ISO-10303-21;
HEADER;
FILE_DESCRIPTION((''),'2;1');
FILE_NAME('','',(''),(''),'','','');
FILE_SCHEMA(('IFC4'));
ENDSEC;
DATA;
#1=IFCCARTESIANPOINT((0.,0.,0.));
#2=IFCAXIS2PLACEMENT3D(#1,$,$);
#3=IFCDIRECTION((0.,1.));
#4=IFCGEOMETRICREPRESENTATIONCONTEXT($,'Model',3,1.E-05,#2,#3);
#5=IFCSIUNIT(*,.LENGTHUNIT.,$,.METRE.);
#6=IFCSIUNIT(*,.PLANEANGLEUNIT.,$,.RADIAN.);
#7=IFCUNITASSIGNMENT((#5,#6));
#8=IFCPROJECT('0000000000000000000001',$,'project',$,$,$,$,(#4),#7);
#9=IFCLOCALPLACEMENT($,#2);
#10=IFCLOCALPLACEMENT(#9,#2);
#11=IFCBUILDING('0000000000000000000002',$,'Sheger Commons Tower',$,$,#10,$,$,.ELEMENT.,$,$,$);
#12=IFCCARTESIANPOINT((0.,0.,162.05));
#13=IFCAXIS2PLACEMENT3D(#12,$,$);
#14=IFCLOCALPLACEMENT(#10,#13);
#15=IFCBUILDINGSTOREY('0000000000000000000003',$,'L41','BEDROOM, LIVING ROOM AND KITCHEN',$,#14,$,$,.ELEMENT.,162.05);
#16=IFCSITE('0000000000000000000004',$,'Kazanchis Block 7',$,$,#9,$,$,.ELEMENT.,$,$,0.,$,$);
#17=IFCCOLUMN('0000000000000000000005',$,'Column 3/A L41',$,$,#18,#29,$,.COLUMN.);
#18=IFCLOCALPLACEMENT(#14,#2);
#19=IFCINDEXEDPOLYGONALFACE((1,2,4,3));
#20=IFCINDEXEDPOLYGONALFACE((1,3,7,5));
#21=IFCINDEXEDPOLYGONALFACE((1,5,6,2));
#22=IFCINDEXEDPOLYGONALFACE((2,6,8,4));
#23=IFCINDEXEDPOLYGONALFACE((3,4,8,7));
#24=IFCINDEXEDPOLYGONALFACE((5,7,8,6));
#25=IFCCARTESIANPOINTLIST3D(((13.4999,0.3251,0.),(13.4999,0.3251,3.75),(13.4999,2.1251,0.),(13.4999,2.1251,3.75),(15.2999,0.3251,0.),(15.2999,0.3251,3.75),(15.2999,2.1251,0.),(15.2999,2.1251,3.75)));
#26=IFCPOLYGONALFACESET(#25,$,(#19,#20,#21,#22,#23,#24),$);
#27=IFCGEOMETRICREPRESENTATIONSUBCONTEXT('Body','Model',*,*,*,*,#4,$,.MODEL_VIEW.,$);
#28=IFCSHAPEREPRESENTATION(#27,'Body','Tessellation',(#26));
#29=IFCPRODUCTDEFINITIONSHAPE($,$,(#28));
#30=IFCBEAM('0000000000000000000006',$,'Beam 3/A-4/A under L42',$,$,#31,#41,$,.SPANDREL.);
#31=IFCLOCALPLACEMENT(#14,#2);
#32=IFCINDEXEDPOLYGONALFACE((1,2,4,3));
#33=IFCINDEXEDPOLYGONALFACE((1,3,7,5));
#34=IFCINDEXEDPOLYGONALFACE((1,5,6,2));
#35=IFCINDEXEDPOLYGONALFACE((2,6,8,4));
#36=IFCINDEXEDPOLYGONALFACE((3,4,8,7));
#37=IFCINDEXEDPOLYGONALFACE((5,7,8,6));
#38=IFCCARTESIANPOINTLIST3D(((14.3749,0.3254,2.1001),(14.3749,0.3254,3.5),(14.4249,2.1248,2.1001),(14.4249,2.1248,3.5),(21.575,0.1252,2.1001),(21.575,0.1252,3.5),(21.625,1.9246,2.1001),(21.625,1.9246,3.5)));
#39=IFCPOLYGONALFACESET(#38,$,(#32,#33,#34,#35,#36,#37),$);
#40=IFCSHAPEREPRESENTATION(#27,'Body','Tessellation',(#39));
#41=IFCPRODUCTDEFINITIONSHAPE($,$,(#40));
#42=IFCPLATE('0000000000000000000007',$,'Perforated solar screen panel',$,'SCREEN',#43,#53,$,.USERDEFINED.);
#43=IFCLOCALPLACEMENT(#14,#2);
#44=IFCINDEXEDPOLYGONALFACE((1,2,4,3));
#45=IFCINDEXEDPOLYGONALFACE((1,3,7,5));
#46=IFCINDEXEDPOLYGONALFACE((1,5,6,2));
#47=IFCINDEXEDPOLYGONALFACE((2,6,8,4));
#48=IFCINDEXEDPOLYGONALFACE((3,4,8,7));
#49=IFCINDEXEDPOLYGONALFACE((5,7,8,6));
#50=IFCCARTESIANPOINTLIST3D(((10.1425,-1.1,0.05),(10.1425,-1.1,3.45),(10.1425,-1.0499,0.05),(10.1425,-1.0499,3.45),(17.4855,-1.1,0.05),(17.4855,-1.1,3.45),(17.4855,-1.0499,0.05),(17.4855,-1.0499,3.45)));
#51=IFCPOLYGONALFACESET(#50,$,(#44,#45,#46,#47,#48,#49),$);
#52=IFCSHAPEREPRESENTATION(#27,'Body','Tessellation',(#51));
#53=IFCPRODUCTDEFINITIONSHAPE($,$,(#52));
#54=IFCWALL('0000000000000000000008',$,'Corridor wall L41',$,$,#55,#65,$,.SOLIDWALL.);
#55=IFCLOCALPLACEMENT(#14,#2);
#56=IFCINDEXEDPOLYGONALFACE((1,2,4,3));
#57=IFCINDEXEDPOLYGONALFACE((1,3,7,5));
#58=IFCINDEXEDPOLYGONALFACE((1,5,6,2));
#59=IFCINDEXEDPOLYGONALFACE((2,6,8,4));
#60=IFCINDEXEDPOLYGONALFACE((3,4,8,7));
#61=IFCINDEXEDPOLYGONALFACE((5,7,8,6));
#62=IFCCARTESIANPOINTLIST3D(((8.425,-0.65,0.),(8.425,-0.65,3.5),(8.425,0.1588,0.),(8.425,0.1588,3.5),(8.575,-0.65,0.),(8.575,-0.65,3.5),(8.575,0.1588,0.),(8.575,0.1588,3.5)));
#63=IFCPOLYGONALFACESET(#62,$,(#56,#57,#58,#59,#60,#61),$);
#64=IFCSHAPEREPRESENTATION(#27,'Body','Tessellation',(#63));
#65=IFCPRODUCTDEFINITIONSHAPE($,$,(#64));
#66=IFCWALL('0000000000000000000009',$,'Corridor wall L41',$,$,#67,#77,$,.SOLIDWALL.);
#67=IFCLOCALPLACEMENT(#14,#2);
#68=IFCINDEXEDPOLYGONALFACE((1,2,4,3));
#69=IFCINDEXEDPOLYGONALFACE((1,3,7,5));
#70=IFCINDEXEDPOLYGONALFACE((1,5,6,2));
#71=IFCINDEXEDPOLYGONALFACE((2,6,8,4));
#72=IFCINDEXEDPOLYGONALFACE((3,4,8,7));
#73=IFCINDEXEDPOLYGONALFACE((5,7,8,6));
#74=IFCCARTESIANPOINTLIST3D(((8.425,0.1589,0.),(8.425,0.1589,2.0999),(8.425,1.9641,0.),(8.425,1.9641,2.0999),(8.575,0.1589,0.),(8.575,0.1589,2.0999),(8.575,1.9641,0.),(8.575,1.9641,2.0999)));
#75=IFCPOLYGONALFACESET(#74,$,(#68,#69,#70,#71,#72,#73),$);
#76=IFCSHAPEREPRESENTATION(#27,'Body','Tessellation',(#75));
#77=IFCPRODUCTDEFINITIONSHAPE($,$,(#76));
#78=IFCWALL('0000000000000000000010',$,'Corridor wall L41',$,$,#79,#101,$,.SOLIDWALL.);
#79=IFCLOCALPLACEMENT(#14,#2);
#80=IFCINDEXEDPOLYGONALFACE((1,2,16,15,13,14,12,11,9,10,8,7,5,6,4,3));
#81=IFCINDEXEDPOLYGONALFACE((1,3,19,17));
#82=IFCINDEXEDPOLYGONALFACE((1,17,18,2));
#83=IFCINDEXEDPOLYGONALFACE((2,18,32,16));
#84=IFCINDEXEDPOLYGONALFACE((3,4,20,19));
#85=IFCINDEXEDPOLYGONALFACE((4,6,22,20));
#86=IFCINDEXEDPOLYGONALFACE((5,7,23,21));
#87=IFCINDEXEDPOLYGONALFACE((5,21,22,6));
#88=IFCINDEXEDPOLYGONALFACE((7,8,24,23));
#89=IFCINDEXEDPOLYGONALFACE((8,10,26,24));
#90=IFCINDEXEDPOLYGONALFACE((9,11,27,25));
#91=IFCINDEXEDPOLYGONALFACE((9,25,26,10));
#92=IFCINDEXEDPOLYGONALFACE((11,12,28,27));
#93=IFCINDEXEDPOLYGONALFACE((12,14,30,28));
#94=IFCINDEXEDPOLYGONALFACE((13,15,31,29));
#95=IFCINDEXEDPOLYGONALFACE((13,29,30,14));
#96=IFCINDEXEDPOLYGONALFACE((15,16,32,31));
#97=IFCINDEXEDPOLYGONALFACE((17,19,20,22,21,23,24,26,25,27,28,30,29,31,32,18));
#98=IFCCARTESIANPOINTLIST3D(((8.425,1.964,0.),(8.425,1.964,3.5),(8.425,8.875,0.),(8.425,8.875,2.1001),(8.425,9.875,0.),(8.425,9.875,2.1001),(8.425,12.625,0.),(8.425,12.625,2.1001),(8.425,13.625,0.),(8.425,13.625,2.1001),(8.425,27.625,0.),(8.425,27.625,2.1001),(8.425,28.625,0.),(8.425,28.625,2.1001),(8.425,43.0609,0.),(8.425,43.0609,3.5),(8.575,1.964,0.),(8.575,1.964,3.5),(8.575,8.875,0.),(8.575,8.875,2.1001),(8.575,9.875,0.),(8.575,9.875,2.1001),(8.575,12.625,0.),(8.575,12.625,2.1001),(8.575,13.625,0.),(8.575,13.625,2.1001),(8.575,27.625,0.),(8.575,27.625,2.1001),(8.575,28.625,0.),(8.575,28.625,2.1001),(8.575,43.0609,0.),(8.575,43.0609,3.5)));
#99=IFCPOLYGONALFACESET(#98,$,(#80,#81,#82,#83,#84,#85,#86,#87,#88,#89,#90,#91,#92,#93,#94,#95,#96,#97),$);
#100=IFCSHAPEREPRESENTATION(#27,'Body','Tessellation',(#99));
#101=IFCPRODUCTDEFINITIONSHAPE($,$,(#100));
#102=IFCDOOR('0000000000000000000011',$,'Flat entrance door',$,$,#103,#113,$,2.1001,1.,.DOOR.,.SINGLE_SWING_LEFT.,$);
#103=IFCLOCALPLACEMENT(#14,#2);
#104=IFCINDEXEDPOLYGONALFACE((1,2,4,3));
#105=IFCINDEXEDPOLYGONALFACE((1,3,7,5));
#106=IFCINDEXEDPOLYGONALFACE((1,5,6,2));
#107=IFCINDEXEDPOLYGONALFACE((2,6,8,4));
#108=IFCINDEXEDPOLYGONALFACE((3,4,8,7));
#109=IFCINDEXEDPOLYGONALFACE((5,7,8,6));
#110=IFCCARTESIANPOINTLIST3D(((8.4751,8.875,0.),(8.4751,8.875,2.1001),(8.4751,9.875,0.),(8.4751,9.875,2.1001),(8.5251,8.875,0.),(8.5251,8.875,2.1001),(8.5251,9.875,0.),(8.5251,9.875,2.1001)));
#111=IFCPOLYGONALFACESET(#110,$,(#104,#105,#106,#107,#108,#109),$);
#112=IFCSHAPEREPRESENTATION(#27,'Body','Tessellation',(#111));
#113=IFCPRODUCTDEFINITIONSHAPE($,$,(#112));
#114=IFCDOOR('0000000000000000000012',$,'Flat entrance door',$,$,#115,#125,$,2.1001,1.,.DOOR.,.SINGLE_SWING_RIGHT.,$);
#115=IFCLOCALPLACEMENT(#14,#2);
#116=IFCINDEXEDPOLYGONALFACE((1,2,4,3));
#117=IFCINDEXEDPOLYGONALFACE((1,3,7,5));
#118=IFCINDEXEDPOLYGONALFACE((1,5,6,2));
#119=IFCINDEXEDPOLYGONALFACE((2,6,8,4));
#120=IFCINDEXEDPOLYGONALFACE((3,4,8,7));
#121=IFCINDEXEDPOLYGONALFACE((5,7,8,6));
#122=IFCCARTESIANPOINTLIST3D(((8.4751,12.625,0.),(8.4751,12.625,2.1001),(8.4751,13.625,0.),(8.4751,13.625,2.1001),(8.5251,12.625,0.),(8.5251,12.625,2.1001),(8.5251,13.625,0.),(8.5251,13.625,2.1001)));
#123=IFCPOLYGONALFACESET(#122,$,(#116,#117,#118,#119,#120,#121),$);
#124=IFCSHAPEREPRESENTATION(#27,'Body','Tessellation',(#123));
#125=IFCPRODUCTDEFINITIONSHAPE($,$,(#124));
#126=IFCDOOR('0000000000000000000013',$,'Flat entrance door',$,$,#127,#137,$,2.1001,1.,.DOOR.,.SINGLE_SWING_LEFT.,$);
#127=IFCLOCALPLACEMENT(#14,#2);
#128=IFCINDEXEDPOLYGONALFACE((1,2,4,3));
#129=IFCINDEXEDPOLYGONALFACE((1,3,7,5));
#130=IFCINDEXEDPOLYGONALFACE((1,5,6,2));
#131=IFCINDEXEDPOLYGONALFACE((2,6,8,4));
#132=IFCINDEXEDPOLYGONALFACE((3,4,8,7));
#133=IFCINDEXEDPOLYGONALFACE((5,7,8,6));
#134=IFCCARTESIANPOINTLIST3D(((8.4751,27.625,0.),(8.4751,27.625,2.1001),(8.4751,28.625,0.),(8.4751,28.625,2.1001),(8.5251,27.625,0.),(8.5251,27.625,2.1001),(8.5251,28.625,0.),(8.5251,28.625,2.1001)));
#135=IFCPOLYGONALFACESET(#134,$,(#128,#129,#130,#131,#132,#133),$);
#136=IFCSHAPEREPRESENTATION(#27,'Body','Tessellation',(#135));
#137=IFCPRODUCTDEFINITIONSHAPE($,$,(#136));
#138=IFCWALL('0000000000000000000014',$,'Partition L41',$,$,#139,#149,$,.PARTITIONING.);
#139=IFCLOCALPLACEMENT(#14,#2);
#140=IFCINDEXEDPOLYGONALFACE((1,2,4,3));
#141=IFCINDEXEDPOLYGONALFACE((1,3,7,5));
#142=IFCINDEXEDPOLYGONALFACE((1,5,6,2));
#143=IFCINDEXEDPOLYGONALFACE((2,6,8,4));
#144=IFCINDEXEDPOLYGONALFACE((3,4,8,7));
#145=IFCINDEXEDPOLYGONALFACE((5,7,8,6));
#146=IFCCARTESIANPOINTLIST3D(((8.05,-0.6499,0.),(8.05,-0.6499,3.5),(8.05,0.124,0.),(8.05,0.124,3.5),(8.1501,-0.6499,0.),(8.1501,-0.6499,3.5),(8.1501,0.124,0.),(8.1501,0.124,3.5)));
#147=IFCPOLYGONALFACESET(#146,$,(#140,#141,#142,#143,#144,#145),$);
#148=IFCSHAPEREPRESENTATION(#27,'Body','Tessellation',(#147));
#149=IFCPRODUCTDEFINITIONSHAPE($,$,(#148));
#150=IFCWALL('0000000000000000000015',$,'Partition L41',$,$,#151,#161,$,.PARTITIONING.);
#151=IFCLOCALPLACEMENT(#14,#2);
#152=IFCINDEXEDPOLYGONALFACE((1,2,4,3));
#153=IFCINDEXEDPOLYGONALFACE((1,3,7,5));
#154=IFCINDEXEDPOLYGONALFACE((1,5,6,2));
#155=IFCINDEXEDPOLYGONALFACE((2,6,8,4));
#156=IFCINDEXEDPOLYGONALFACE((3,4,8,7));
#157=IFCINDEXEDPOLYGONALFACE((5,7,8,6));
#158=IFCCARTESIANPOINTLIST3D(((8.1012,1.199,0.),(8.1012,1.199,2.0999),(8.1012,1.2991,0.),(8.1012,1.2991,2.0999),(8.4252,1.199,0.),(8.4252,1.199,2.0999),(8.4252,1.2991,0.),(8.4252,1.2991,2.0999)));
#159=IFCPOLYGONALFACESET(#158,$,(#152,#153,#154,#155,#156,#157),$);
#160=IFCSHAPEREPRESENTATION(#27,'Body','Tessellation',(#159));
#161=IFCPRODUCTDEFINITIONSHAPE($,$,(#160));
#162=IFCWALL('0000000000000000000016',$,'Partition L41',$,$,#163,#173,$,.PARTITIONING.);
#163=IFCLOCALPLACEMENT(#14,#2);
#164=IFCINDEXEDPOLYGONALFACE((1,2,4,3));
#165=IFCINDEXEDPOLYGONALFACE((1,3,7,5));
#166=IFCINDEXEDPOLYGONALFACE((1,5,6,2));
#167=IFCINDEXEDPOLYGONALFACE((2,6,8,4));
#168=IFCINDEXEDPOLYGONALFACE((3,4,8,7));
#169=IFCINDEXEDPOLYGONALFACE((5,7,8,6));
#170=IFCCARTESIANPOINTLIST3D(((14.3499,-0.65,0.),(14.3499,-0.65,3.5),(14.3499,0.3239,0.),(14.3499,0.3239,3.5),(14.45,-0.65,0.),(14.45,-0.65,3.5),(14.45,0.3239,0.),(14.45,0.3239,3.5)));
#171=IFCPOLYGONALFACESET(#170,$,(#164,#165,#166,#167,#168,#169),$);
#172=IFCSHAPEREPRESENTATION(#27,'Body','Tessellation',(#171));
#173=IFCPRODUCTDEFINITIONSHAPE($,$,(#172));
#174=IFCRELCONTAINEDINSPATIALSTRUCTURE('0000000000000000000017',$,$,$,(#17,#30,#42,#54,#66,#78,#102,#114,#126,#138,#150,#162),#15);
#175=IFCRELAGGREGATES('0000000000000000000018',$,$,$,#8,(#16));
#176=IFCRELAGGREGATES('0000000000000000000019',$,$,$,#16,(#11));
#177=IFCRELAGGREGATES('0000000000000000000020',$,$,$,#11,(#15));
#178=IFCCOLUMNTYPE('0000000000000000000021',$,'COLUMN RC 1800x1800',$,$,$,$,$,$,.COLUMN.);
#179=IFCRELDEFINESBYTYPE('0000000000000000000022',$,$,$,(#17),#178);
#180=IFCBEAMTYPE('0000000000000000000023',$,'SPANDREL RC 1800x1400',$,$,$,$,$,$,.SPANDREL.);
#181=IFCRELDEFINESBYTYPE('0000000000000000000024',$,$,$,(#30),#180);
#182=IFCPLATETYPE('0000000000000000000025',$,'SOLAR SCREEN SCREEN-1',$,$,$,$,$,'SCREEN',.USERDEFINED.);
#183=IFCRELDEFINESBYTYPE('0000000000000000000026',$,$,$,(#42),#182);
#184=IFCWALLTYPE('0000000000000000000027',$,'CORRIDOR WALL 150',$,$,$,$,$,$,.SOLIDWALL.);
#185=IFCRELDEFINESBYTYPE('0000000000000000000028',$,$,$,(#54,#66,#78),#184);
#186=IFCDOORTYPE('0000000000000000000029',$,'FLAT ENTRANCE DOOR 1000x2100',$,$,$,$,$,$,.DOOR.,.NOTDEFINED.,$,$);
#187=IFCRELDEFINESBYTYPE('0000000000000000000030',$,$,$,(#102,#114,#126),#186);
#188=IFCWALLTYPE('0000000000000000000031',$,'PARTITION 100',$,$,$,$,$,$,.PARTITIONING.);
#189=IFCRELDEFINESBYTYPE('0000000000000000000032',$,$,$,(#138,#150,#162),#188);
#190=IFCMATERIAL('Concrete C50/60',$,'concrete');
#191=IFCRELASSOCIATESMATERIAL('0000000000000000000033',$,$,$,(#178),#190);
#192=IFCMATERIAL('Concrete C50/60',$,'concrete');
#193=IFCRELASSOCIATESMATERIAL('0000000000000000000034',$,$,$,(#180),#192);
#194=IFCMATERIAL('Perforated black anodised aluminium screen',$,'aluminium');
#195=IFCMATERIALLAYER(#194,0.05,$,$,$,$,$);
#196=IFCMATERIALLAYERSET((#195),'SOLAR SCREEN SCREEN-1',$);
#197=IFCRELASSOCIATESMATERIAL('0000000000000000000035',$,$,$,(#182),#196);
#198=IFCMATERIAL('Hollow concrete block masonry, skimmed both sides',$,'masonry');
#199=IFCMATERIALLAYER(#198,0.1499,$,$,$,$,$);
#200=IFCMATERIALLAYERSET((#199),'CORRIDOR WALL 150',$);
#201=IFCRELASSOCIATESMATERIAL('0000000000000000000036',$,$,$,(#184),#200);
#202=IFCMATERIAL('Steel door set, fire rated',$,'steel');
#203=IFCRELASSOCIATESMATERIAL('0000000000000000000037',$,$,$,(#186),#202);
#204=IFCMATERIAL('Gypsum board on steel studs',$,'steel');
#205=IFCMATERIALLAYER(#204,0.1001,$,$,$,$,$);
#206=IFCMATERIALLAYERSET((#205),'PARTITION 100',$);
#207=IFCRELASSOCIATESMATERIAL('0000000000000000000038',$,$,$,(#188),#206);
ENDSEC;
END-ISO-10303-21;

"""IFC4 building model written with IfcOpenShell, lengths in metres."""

from ifc_helpers import new_model, si_unit, direction, frame, frame_2d, origin, origin_2d, place, context, subcontext, project, spatial, rectangle, extrude, material, layer, layer_set, material_profile, profile_set, type_object, element, fill, save


model = new_model("IFC4")

# Units and contexts
model_context = context("Model", 3, precision=1e-05, world=origin(), true_north=direction((0.0, 1.0)))
body_context = subcontext(model_context, "Body", "Model", "MODEL_VIEW")
ifc_project = project(units=[si_unit("LENGTHUNIT", "METRE"), si_unit("PLANEANGLEUNIT", "RADIAN")], contexts=[model_context])

# Site, building, storey
site_placement = place(None, origin())
site = spatial("IfcSite", under=ifc_project, at=site_placement, Name="Kazanchis Block 7", CompositionType="ELEMENT", RefElevation=0.0)
building_placement = place(site_placement, origin())
building = spatial("IfcBuilding", under=site, at=building_placement, Name="Sheger Commons Tower", CompositionType="ELEMENT")
storey_placement = place(building_placement, frame((0.0, 0.0, 162.05)))
storey = spatial("IfcBuildingStorey", under=building, at=storey_placement, Name="L41", Description="BEDROOM, LIVING ROOM AND KITCHEN", CompositionType="ELEMENT", Elevation=162.05)

# Column
ifc_material_1 = material(Name="Concrete C50/60", Category="concrete")
ifc_material_profile_1 = material_profile(ifc_material_1, rectangle(XDim=1.8, YDim=1.8, at=origin_2d()), Name="RC 1800x1800")
ifc_profile_set_1 = profile_set([ifc_material_profile_1], Name="Concrete C50/60")
column_type = type_object("IfcColumnType", Name="COLUMN RC 1800x1800", PredefinedType="COLUMN", material=ifc_profile_set_1)
column_placement = place(storey_placement, frame((14.3999, 1.2251, 0.0), z_axis=(0.0, 0.0, 1.0), x_axis=(1.0, 0.0, 0.0)))
element("IfcColumn", 1, at=column_placement, inside=storey, type_object=column_type, Name="Column 3/A L41", PredefinedType="COLUMN", context=body_context, shape_type="SweptSolid", body=[
    extrude(rectangle(XDim=1.8, YDim=1.8, at=origin_2d()), origin(), (0.0, 0.0, 1.0), 3.75),
])

# Beam
ifc_material_2 = material(Name="Concrete C50/60", Category="concrete")
ifc_material_profile_2 = material_profile(ifc_material_2, rectangle(XDim=1.8, YDim=1.3999, at=origin_2d()), Name="RC 1800x1400")
ifc_profile_set_2 = profile_set([ifc_material_profile_2], Name="Concrete C50/60")
beam_type = type_object("IfcBeamType", Name="SPANDREL RC 1800x1400", PredefinedType="SPANDREL", material=ifc_profile_set_2)
beam_placement = place(storey_placement, frame((14.3999, 1.2251, 2.8), z_axis=(0.999614, -0.027793, 0.0), x_axis=(0.027793, 0.999614, 0.0)))
element("IfcBeam", 2, at=beam_placement, inside=storey, type_object=beam_type, Name="Beam 3/A-4/A under L42", PredefinedType="SPANDREL", context=body_context, shape_type="SweptSolid", body=[
    extrude(rectangle(XDim=1.8, YDim=1.3999, at=origin_2d()), origin(), (0.0, 0.0, 1.0), 7.2029),
])

# Plate
ifc_material_3 = material(Name="Perforated black anodised aluminium screen", Category="aluminium")
ifc_layer_1 = layer(ifc_material_3, 0.05)
ifc_layer_set_1 = layer_set([ifc_layer_1], Name="SOLAR SCREEN SCREEN-1")
plate_type = type_object("IfcPlateType", Name="SOLAR SCREEN SCREEN-1", ElementType="SCREEN", PredefinedType="USERDEFINED", material=ifc_layer_set_1)
plate_placement = place(storey_placement, frame((13.814, -1.075, 0.05), z_axis=(0.0, 0.0, 1.0), x_axis=(1.0, 0.0, 0.0)))
element("IfcPlate", 3, at=plate_placement, inside=storey, type_object=plate_type, Name="Perforated solar screen panel", ObjectType="SCREEN", PredefinedType="USERDEFINED", context=body_context, shape_type="SweptSolid", body=[
    extrude(rectangle(XDim=7.343, YDim=0.05, at=origin_2d()), origin(), (0.0, 0.0, 1.0), 3.3999),
])

# Walls
ifc_material_4 = material(Name="Hollow concrete block masonry, skimmed both sides", Category="masonry")
ifc_layer_2 = layer(ifc_material_4, 0.1499)
ifc_layer_set_2 = layer_set([ifc_layer_2], Name="CORRIDOR WALL 150")
wall_type_1 = type_object("IfcWallType", Name="CORRIDOR WALL 150", PredefinedType="SOLIDWALL", material=ifc_layer_set_2)
wall_1_placement = place(storey_placement, frame((8.5, -0.6499, 0.0), z_axis=(0.0, 0.0, 1.0), x_axis=(0.0, 1.0, 0.0)))
element("IfcWall", 4, at=wall_1_placement, inside=storey, type_object=wall_type_1, Name="Corridor wall L41", PredefinedType="SOLIDWALL", context=body_context, shape_type="SweptSolid", body=[
    extrude(rectangle(XDim=0.8088, YDim=0.1499, at=frame_2d((0.4043, 0.0))), origin(), (0.0, 0.0, 1.0), 3.5),
])
wall_2_placement = place(storey_placement, frame((8.5, 0.1589, 0.0), z_axis=(0.0, 0.0, 1.0), x_axis=(0.0, 1.0, 0.0)))
element("IfcWall", 5, at=wall_2_placement, inside=storey, type_object=wall_type_1, Name="Corridor wall L41", PredefinedType="SOLIDWALL", context=body_context, shape_type="SweptSolid", body=[
    extrude(rectangle(XDim=1.8052, YDim=0.1499, at=frame_2d((0.9026, 0.0))), origin(), (0.0, 0.0, 1.0), 2.0999),
])

# Wall, openings, doors
wall_3_placement = place(storey_placement, frame((8.5, 1.9641, 0.0), z_axis=(0.0, 0.0, 1.0), x_axis=(0.0, 1.0, 0.0)))
wall_3 = element("IfcWall", 6, at=wall_3_placement, inside=storey, type_object=wall_type_1, Name="Corridor wall L41", PredefinedType="SOLIDWALL", context=body_context, shape_type="SweptSolid", body=[
    extrude(rectangle(XDim=41.0969, YDim=0.1499, at=frame_2d((20.5483, 0.0))), origin(), (0.0, 0.0, 1.0), 3.5),
])
opening_1_placement = place(wall_3_placement, frame((6.9109, 0.0, 0.0)))
opening_1 = element("IfcOpeningElement", 7, at=opening_1_placement, cuts=wall_3, PredefinedType="OPENING", context=body_context, shape_type="SweptSolid", body=[
    extrude(rectangle(XDim=1.0, YDim=2.1001, at=frame_2d((0.5, 1.05))), frame((0.0, 0.085, 0.0), z_axis=(0.0, -1.0, 0.0), x_axis=(1.0, 0.0, 0.0)), (0.0, 0.0, 1.0), 0.1699),
])
opening_2_placement = place(wall_3_placement, frame((10.6609, 0.0, 0.0)))
opening_2 = element("IfcOpeningElement", 8, at=opening_2_placement, cuts=wall_3, PredefinedType="OPENING", context=body_context, shape_type="SweptSolid", body=[
    extrude(rectangle(XDim=1.0, YDim=2.1001, at=frame_2d((0.5, 1.05))), frame((0.0, 0.085, 0.0), z_axis=(0.0, -1.0, 0.0), x_axis=(1.0, 0.0, 0.0)), (0.0, 0.0, 1.0), 0.1699),
])
opening_3_placement = place(wall_3_placement, frame((25.6609, 0.0, 0.0)))
opening_3 = element("IfcOpeningElement", 9, at=opening_3_placement, cuts=wall_3, PredefinedType="OPENING", context=body_context, shape_type="SweptSolid", body=[
    extrude(rectangle(XDim=1.0, YDim=2.1001, at=frame_2d((0.5, 1.05))), frame((0.0, 0.085, 0.0), z_axis=(0.0, -1.0, 0.0), x_axis=(1.0, 0.0, 0.0)), (0.0, 0.0, 1.0), 0.1699),
])
ifc_material_5 = material(Name="Steel door set, fire rated", Category="steel")
door_type_1 = type_object("IfcDoorType", Name="FLAT ENTRANCE DOOR 1000x2100", OperationType="NOTDEFINED", PredefinedType="DOOR", material=ifc_material_5)
door_1_placement = place(opening_1_placement, origin())
door_1 = element("IfcDoor", 10, at=door_1_placement, inside=storey, type_object=door_type_1, Name="Flat entrance door", OperationType="SINGLE_SWING_LEFT", OverallHeight=2.1001, OverallWidth=1.0, PredefinedType="DOOR", context=body_context, shape_type="SweptSolid", body=[
    extrude(rectangle(XDim=1.0, YDim=2.1001, at=frame_2d((0.5, 1.05))), frame((0.0, 0.0249, 0.0), z_axis=(0.0, -1.0, 0.0), x_axis=(1.0, 0.0, 0.0)), (0.0, 0.0, 1.0), 0.05),
])
fill(opening_1, door_1)
door_2_placement = place(opening_2_placement, origin())
door_2 = element("IfcDoor", 11, at=door_2_placement, inside=storey, type_object=door_type_1, Name="Flat entrance door", OperationType="SINGLE_SWING_RIGHT", OverallHeight=2.1001, OverallWidth=1.0, PredefinedType="DOOR", context=body_context, shape_type="SweptSolid", body=[
    extrude(rectangle(XDim=1.0, YDim=2.1001, at=frame_2d((0.5, 1.05))), frame((0.0, 0.0249, 0.0), z_axis=(0.0, -1.0, 0.0), x_axis=(1.0, 0.0, 0.0)), (0.0, 0.0, 1.0), 0.05),
])
fill(opening_2, door_2)
door_3_placement = place(opening_3_placement, origin())
door_3 = element("IfcDoor", 12, at=door_3_placement, inside=storey, type_object=door_type_1, Name="Flat entrance door", OperationType="SINGLE_SWING_LEFT", OverallHeight=2.1001, OverallWidth=1.0, PredefinedType="DOOR", context=body_context, shape_type="SweptSolid", body=[
    extrude(rectangle(XDim=1.0, YDim=2.1001, at=frame_2d((0.5, 1.05))), frame((0.0, 0.0249, 0.0), z_axis=(0.0, -1.0, 0.0), x_axis=(1.0, 0.0, 0.0)), (0.0, 0.0, 1.0), 0.05),
])
fill(opening_3, door_3)

# Walls
ifc_material_6 = material(Name="Gypsum board on steel studs", Category="steel")
ifc_layer_3 = layer(ifc_material_6, 0.1001)
ifc_layer_set_3 = layer_set([ifc_layer_3], Name="PARTITION 100")
wall_type_2 = type_object("IfcWallType", Name="PARTITION 100", PredefinedType="PARTITIONING", material=ifc_layer_set_3)
wall_4_placement = place(storey_placement, frame((8.1001, 0.124, 0.0), z_axis=(0.0, 0.0, 1.0), x_axis=(0.0, -1.0, 0.0)))
element("IfcWall", 13, at=wall_4_placement, inside=storey, type_object=wall_type_2, Name="Partition L41", PredefinedType="PARTITIONING", context=body_context, shape_type="SweptSolid", body=[
    extrude(rectangle(XDim=0.7739, YDim=0.1001, at=frame_2d((0.387, 0.0))), origin(), (0.0, 0.0, 1.0), 3.5),
])
wall_5_placement = place(storey_placement, frame((8.1011, 1.249, 0.0), z_axis=(0.0, 0.0, 1.0), x_axis=(1.0, 0.0, 0.0)))
element("IfcWall", 14, at=wall_5_placement, inside=storey, type_object=wall_type_2, Name="Partition L41", PredefinedType="PARTITIONING", context=body_context, shape_type="SweptSolid", body=[
    extrude(rectangle(XDim=0.324, YDim=0.1001, at=frame_2d((0.1621, 0.0))), origin(), (0.0, 0.0, 1.0), 2.0999),
])
wall_6_placement = place(storey_placement, frame((14.3999, -0.6499, 0.0), z_axis=(0.0, 0.0, 1.0), x_axis=(0.0, 1.0, 0.0)))
element("IfcWall", 15, at=wall_6_placement, inside=storey, type_object=wall_type_2, Name="Partition L41", PredefinedType="PARTITIONING", context=body_context, shape_type="SweptSolid", body=[
    extrude(rectangle(XDim=0.9739, YDim=0.1001, at=frame_2d((0.4868, 0.0))), origin(), (0.0, 0.0, 1.0), 3.5),
])

save(model, "model.ifc")
